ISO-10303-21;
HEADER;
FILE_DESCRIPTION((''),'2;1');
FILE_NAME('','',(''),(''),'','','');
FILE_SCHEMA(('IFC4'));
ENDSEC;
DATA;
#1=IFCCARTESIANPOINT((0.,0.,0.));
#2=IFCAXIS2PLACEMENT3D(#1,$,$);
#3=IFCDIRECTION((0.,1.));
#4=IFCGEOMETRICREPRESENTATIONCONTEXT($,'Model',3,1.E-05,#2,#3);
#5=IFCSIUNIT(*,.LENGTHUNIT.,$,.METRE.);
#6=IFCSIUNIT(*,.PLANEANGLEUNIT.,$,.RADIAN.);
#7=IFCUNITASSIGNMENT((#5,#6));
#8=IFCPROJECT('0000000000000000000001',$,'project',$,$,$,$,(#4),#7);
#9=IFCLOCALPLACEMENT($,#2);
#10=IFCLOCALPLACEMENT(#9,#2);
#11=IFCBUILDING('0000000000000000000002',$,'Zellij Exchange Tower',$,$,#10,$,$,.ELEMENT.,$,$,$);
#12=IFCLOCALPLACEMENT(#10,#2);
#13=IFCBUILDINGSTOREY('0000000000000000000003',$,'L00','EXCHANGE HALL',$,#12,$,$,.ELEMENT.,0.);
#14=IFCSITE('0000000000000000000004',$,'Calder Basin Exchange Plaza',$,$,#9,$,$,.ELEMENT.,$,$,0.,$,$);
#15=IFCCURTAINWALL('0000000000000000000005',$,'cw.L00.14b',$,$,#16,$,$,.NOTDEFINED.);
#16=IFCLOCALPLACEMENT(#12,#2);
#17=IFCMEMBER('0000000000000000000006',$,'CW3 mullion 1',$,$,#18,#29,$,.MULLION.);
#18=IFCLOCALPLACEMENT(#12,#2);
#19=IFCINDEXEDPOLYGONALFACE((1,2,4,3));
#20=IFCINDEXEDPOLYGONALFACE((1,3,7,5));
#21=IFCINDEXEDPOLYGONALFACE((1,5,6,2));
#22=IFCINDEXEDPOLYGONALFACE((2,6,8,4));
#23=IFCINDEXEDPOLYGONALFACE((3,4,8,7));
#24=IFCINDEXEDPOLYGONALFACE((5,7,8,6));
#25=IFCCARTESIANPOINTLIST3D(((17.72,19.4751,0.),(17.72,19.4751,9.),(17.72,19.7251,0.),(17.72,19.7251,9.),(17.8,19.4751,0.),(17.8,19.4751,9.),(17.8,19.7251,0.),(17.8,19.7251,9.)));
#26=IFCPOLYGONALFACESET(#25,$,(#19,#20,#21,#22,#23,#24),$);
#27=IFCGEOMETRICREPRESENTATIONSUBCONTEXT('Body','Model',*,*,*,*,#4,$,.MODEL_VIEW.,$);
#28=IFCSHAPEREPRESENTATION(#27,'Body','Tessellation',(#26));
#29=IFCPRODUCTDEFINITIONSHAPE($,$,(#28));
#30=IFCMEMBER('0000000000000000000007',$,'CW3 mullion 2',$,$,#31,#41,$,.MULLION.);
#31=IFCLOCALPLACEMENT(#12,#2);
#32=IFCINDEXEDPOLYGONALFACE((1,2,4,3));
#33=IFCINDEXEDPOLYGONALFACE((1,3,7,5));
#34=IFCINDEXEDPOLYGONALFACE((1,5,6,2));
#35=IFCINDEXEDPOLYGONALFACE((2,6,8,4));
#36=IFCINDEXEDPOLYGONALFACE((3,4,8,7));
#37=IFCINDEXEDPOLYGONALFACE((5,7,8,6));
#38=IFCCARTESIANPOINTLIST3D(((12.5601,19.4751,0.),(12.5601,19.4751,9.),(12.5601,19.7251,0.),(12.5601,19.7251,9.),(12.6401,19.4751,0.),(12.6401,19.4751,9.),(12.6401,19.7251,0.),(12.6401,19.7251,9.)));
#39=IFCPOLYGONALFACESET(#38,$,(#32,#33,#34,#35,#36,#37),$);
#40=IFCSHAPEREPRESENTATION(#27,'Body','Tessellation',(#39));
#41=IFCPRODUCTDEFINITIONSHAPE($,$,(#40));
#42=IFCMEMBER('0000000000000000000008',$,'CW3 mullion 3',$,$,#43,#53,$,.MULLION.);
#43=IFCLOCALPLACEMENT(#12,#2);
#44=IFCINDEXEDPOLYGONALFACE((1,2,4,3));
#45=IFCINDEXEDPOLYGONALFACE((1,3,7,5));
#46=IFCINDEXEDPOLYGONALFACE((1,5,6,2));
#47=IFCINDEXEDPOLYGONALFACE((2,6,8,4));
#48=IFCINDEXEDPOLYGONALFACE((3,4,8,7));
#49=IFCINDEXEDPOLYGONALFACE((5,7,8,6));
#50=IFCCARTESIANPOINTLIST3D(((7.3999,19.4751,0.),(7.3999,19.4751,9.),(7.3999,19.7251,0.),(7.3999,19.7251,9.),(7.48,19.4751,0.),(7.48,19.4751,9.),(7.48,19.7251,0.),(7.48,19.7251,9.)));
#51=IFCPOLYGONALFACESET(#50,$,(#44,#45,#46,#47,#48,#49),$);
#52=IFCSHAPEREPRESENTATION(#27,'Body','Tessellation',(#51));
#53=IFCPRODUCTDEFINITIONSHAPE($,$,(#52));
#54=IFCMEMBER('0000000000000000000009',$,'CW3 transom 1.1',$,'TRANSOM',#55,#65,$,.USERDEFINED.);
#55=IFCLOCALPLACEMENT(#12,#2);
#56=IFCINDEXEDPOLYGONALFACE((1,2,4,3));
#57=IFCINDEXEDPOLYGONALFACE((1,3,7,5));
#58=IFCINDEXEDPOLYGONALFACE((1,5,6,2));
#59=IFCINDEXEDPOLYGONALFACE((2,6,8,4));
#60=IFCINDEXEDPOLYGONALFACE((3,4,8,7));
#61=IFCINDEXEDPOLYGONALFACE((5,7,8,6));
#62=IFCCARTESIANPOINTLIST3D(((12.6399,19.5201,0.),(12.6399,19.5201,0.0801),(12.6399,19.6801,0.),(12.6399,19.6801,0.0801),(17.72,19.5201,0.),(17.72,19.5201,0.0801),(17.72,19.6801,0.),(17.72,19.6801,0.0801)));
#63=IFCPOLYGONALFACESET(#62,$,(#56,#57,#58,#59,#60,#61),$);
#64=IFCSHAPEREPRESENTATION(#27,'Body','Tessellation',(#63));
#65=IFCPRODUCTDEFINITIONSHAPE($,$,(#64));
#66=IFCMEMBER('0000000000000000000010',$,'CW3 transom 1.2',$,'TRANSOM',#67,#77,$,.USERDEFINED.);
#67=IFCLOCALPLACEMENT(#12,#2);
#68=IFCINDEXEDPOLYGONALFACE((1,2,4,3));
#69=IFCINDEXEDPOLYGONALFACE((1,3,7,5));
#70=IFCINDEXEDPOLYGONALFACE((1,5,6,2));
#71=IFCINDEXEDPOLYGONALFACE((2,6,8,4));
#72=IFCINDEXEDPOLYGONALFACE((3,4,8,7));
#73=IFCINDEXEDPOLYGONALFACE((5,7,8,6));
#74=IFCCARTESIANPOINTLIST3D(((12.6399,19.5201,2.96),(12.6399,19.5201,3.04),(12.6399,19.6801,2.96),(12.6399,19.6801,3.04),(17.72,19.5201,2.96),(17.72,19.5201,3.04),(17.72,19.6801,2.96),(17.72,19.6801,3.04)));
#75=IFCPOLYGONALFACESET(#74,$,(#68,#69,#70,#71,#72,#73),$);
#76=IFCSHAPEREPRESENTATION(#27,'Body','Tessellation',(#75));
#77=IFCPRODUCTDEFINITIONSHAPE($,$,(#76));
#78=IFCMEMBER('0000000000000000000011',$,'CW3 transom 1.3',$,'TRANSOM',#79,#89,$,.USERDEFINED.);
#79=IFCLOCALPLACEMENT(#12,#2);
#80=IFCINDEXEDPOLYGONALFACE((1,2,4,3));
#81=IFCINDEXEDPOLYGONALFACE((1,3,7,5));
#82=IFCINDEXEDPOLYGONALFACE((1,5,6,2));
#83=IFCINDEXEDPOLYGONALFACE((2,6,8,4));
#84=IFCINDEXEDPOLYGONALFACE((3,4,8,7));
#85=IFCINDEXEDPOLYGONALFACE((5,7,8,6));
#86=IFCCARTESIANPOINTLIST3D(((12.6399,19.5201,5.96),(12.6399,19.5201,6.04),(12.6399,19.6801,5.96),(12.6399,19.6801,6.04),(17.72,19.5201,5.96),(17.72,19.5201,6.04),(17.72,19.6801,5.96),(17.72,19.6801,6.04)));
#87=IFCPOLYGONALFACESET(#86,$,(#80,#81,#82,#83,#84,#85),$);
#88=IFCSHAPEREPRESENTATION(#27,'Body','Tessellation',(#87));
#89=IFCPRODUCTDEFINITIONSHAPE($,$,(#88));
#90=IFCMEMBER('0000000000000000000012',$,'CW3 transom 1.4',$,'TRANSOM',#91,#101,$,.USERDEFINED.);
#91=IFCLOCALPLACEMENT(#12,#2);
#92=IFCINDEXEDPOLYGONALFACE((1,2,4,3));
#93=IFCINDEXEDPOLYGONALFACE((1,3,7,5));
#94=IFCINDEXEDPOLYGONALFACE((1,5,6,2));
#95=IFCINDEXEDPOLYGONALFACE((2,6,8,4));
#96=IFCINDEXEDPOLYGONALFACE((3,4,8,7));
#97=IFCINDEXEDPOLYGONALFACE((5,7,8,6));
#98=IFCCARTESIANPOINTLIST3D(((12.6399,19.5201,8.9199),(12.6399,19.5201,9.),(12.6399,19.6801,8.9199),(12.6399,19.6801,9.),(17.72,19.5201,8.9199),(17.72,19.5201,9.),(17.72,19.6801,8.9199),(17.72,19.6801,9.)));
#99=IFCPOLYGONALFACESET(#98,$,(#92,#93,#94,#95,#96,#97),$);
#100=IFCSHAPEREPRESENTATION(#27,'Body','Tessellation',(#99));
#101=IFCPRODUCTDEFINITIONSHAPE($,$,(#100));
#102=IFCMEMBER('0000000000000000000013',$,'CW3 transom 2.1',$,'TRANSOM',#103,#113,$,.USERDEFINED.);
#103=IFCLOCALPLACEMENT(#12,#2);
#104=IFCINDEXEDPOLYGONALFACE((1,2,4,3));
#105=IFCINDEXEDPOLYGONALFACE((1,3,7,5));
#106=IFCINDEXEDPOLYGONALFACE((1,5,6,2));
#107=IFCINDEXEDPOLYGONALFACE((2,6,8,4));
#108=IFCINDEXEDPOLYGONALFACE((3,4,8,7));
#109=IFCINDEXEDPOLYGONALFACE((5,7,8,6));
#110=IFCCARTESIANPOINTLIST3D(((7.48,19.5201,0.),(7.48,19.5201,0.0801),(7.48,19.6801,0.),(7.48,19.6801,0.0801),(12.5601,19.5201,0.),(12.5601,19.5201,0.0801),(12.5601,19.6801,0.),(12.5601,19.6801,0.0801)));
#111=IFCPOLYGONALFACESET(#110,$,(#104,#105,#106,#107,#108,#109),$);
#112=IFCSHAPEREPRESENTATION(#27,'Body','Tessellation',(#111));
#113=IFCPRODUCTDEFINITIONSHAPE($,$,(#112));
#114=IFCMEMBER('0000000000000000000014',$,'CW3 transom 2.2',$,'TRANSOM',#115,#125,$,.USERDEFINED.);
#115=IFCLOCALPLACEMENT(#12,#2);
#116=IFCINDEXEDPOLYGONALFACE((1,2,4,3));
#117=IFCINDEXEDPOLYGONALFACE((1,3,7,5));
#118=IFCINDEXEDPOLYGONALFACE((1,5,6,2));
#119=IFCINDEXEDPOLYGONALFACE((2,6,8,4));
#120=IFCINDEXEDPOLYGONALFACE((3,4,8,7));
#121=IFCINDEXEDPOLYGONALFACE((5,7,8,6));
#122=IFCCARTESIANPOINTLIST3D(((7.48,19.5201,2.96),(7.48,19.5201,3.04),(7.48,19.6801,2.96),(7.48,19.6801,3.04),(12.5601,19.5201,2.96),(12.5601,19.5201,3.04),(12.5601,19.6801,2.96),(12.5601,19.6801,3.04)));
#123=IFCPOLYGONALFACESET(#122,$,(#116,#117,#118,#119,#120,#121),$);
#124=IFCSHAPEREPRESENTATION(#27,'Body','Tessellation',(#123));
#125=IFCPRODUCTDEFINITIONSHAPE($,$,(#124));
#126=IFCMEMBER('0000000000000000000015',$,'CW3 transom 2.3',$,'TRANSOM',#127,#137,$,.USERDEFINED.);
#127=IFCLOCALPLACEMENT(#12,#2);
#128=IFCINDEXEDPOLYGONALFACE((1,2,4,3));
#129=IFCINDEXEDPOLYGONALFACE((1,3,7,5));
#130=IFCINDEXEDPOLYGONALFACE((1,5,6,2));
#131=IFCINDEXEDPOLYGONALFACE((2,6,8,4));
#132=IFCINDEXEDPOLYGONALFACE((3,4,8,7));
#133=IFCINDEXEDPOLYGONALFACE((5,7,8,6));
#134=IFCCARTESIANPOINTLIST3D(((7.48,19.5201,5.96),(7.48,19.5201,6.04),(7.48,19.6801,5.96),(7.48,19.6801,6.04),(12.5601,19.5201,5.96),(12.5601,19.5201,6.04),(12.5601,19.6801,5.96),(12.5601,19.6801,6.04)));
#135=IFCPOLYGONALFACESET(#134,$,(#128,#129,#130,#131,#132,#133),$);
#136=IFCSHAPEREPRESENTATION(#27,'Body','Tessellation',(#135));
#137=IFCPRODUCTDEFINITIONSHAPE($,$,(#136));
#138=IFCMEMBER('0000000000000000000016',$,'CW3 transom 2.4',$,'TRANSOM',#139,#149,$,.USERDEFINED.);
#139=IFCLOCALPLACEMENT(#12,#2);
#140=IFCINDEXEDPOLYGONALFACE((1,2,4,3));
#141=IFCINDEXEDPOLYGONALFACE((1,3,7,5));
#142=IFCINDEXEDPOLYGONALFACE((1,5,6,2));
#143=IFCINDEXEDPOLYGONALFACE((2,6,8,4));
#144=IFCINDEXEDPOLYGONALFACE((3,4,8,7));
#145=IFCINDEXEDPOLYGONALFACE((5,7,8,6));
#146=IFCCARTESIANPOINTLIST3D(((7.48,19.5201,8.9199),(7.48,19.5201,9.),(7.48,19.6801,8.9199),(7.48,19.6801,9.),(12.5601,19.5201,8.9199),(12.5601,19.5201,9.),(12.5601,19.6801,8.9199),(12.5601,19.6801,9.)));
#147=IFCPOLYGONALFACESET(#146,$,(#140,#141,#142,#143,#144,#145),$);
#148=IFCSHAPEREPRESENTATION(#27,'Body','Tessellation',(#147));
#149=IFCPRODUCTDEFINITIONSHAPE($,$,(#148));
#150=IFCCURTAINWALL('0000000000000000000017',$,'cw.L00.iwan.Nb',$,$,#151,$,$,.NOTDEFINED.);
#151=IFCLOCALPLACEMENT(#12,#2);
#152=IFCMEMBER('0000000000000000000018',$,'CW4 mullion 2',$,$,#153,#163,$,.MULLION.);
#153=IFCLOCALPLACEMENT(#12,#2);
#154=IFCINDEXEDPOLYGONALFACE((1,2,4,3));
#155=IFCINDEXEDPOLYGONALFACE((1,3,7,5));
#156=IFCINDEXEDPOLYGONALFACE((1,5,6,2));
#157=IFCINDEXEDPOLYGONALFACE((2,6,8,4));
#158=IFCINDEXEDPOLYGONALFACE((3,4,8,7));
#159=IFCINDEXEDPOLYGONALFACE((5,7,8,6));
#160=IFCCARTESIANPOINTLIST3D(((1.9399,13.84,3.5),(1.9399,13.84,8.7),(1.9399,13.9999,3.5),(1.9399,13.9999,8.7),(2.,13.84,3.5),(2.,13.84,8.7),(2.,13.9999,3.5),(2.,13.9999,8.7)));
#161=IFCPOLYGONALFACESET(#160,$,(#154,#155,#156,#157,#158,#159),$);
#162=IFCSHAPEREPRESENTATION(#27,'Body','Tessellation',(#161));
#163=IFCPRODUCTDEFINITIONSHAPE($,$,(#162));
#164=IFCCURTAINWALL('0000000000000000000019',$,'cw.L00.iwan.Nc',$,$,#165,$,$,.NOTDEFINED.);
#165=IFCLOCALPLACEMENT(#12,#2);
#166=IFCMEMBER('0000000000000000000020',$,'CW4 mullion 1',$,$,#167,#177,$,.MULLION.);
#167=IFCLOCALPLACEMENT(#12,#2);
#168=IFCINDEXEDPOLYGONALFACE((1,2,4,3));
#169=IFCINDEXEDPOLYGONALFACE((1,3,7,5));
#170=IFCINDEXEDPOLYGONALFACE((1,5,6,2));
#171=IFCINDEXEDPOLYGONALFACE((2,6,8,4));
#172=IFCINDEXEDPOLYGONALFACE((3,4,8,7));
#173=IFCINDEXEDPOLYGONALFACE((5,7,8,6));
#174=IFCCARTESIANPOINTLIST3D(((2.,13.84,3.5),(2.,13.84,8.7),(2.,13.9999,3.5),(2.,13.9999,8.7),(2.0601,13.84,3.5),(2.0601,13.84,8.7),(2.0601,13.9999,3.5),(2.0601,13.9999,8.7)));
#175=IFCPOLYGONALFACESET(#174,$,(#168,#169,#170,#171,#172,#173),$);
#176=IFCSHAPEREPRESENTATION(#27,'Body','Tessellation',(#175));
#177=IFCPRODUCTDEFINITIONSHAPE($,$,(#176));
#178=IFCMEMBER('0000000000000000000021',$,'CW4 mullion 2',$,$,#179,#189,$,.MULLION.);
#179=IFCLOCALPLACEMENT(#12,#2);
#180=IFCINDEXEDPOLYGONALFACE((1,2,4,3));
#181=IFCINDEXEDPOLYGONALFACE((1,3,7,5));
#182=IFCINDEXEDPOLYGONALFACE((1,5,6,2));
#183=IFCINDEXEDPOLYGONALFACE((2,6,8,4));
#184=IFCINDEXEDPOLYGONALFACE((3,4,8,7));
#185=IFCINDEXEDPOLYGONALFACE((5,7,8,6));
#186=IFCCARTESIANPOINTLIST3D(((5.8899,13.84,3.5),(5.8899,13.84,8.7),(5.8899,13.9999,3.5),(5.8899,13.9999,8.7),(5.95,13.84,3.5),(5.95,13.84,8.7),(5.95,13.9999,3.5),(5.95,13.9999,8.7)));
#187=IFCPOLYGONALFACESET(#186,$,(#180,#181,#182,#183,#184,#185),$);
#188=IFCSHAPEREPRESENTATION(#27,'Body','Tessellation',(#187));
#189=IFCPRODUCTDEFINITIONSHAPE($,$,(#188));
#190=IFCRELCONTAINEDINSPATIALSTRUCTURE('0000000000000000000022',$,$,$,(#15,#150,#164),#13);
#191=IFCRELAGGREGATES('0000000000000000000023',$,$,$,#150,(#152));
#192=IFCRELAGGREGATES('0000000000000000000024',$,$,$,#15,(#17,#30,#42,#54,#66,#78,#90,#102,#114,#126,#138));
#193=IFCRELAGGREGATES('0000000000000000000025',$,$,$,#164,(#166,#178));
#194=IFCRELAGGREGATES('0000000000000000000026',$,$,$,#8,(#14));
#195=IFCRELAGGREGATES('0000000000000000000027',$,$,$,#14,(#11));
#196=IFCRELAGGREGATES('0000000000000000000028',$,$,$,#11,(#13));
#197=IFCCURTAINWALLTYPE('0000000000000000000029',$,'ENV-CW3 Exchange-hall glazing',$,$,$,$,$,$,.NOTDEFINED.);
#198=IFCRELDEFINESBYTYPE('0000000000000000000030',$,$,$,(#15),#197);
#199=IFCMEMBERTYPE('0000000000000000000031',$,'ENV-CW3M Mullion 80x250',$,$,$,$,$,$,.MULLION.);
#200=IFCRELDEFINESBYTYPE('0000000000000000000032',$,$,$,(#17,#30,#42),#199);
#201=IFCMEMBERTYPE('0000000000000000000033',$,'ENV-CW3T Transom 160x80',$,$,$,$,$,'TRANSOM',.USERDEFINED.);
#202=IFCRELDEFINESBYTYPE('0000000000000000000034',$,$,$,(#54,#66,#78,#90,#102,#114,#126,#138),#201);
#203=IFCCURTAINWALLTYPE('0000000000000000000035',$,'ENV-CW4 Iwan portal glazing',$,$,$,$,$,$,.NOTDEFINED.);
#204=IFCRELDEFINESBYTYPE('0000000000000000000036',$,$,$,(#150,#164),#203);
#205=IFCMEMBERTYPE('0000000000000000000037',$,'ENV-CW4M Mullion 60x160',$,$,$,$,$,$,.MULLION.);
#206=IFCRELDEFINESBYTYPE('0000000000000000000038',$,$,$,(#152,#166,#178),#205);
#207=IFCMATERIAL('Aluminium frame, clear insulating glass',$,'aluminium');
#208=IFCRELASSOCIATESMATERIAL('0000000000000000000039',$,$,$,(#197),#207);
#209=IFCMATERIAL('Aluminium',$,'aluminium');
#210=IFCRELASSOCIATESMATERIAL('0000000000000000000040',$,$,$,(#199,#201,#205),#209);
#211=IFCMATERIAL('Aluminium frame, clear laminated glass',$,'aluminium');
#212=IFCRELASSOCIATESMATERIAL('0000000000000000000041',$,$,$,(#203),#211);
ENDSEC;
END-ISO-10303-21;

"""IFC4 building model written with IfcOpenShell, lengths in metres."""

from ifc_helpers import new_model, si_unit, direction, frame, origin, origin_2d, place, context, subcontext, project, spatial, rectangle, extrude, material, material_profile, profile_set, type_object, element, aggregate, save


model = new_model("IFC4")

# Units and contexts
model_context = context("Model", 3, precision=1e-05, world=origin(), true_north=direction((0.0, 1.0)))
body_context = subcontext(model_context, "Body", "Model", "MODEL_VIEW")
ifc_project = project(units=[si_unit("LENGTHUNIT", "METRE"), si_unit("PLANEANGLEUNIT", "RADIAN")], contexts=[model_context])

# Site, building, storey
site_placement = place(None, origin())
site = spatial("IfcSite", under=ifc_project, at=site_placement, Name="Calder Basin Exchange Plaza", CompositionType="ELEMENT", RefElevation=0.0)
building_placement = place(site_placement, origin())
building = spatial("IfcBuilding", under=site, at=building_placement, Name="Zellij Exchange Tower", CompositionType="ELEMENT")
storey_placement = place(building_placement, origin())
storey = spatial("IfcBuildingStorey", under=building, at=storey_placement, Name="L00", Description="EXCHANGE HALL", CompositionType="ELEMENT", Elevation=0.0)

# Curtain wall, members
ifc_material_1 = material(Name="Aluminium frame, clear insulating glass", Category="aluminium")
curtain_wall_type_1 = type_object("IfcCurtainWallType", Name="ENV-CW3 Exchange-hall glazing", PredefinedType="NOTDEFINED", material=ifc_material_1)
curtain_wall_1_placement = place(storey_placement, origin())
curtain_wall_1 = element("IfcCurtainWall", 1, at=curtain_wall_1_placement, inside=storey, type_object=curtain_wall_type_1, Name="cw.L00.14b", PredefinedType="NOTDEFINED")
ifc_material_2 = material(Name="Aluminium", Category="aluminium")
ifc_material_profile_1 = material_profile(ifc_material_2, rectangle(XDim=0.0801, YDim=0.25, at=origin_2d()), Name="AL 80x250")
ifc_profile_set_1 = profile_set([ifc_material_profile_1], Name="Aluminium")
member_type_1 = type_object("IfcMemberType", Name="ENV-CW3M Mullion 80x250", PredefinedType="MULLION", material=ifc_profile_set_1)
member_1_placement = place(storey_placement, frame((17.76, 19.6001, 0.0), z_axis=(0.0, 0.0, 1.0), x_axis=(-1.0, 0.0, 0.0)))
member_1 = element("IfcMember", 2, at=member_1_placement, type_object=member_type_1, Name="CW3 mullion 1", PredefinedType="MULLION", context=body_context, shape_type="SweptSolid", body=[
    extrude(rectangle(XDim=0.0801, YDim=0.25, at=origin_2d()), origin(), (0.0, 0.0, 1.0), 9.0),
])
member_2_placement = place(storey_placement, frame((12.6001, 19.6001, 0.0), z_axis=(0.0, 0.0, 1.0), x_axis=(-1.0, 0.0, 0.0)))
member_2 = element("IfcMember", 3, at=member_2_placement, type_object=member_type_1, Name="CW3 mullion 2", PredefinedType="MULLION", context=body_context, shape_type="SweptSolid", body=[
    extrude(rectangle(XDim=0.0801, YDim=0.25, at=origin_2d()), origin(), (0.0, 0.0, 1.0), 9.0),
])
member_3_placement = place(storey_placement, frame((7.4399, 19.6001, 0.0), z_axis=(0.0, 0.0, 1.0), x_axis=(-1.0, 0.0, 0.0)))
member_3 = element("IfcMember", 4, at=member_3_placement, type_object=member_type_1, Name="CW3 mullion 3", PredefinedType="MULLION", context=body_context, shape_type="SweptSolid", body=[
    extrude(rectangle(XDim=0.0801, YDim=0.25, at=origin_2d()), origin(), (0.0, 0.0, 1.0), 9.0),
])
ifc_material_profile_2 = material_profile(ifc_material_2, rectangle(XDim=0.1599, YDim=0.0801, at=origin_2d()), Name="AL 160x80")
ifc_profile_set_2 = profile_set([ifc_material_profile_2], Name="Aluminium")
member_type_2 = type_object("IfcMemberType", Name="ENV-CW3T Transom 160x80", ElementType="TRANSOM", PredefinedType="USERDEFINED", material=ifc_profile_set_2)
member_4_placement = place(storey_placement, frame((17.72, 19.6001, 0.04), z_axis=(-1.0, 0.0, 0.0), x_axis=(0.0, -1.0, 0.0)))
member_4 = element("IfcMember", 5, at=member_4_placement, type_object=member_type_2, Name="CW3 transom 1.1", ObjectType="TRANSOM", PredefinedType="USERDEFINED", context=body_context, shape_type="SweptSolid", body=[
    extrude(rectangle(XDim=0.1599, YDim=0.0801, at=origin_2d()), origin(), (0.0, 0.0, 1.0), 5.0801),
])
member_5_placement = place(storey_placement, frame((17.72, 19.6001, 3.0), z_axis=(-1.0, 0.0, 0.0), x_axis=(0.0, -1.0, 0.0)))
member_5 = element("IfcMember", 6, at=member_5_placement, type_object=member_type_2, Name="CW3 transom 1.2", ObjectType="TRANSOM", PredefinedType="USERDEFINED", context=body_context, shape_type="SweptSolid", body=[
    extrude(rectangle(XDim=0.1599, YDim=0.0801, at=origin_2d()), origin(), (0.0, 0.0, 1.0), 5.0801),
])
member_6_placement = place(storey_placement, frame((17.72, 19.6001, 6.0), z_axis=(-1.0, 0.0, 0.0), x_axis=(0.0, -1.0, 0.0)))
member_6 = element("IfcMember", 7, at=member_6_placement, type_object=member_type_2, Name="CW3 transom 1.3", ObjectType="TRANSOM", PredefinedType="USERDEFINED", context=body_context, shape_type="SweptSolid", body=[
    extrude(rectangle(XDim=0.1599, YDim=0.0801, at=origin_2d()), origin(), (0.0, 0.0, 1.0), 5.0801),
])
member_7_placement = place(storey_placement, frame((17.72, 19.6001, 8.96), z_axis=(-1.0, 0.0, 0.0), x_axis=(0.0, -1.0, 0.0)))
member_7 = element("IfcMember", 8, at=member_7_placement, type_object=member_type_2, Name="CW3 transom 1.4", ObjectType="TRANSOM", PredefinedType="USERDEFINED", context=body_context, shape_type="SweptSolid", body=[
    extrude(rectangle(XDim=0.1599, YDim=0.0801, at=origin_2d()), origin(), (0.0, 0.0, 1.0), 5.0801),
])
member_8_placement = place(storey_placement, frame((12.5601, 19.6001, 0.04), z_axis=(-1.0, 0.0, 0.0), x_axis=(0.0, -1.0, 0.0)))
member_8 = element("IfcMember", 9, at=member_8_placement, type_object=member_type_2, Name="CW3 transom 2.1", ObjectType="TRANSOM", PredefinedType="USERDEFINED", context=body_context, shape_type="SweptSolid", body=[
    extrude(rectangle(XDim=0.1599, YDim=0.0801, at=origin_2d()), origin(), (0.0, 0.0, 1.0), 5.0801),
])
member_9_placement = place(storey_placement, frame((12.5601, 19.6001, 3.0), z_axis=(-1.0, 0.0, 0.0), x_axis=(0.0, -1.0, 0.0)))
member_9 = element("IfcMember", 10, at=member_9_placement, type_object=member_type_2, Name="CW3 transom 2.2", ObjectType="TRANSOM", PredefinedType="USERDEFINED", context=body_context, shape_type="SweptSolid", body=[
    extrude(rectangle(XDim=0.1599, YDim=0.0801, at=origin_2d()), origin(), (0.0, 0.0, 1.0), 5.0801),
])
member_10_placement = place(storey_placement, frame((12.5601, 19.6001, 6.0), z_axis=(-1.0, 0.0, 0.0), x_axis=(0.0, -1.0, 0.0)))
member_10 = element("IfcMember", 11, at=member_10_placement, type_object=member_type_2, Name="CW3 transom 2.3", ObjectType="TRANSOM", PredefinedType="USERDEFINED", context=body_context, shape_type="SweptSolid", body=[
    extrude(rectangle(XDim=0.1599, YDim=0.0801, at=origin_2d()), origin(), (0.0, 0.0, 1.0), 5.0801),
])
member_11_placement = place(storey_placement, frame((12.5601, 19.6001, 8.96), z_axis=(-1.0, 0.0, 0.0), x_axis=(0.0, -1.0, 0.0)))
member_11 = element("IfcMember", 12, at=member_11_placement, type_object=member_type_2, Name="CW3 transom 2.4", ObjectType="TRANSOM", PredefinedType="USERDEFINED", context=body_context, shape_type="SweptSolid", body=[
    extrude(rectangle(XDim=0.1599, YDim=0.0801, at=origin_2d()), origin(), (0.0, 0.0, 1.0), 5.0801),
])

# Curtain wall, member
ifc_material_3 = material(Name="Aluminium frame, clear laminated glass", Category="aluminium")
curtain_wall_type_2 = type_object("IfcCurtainWallType", Name="ENV-CW4 Iwan portal glazing", PredefinedType="NOTDEFINED", material=ifc_material_3)
curtain_wall_2_placement = place(storey_placement, origin())
curtain_wall_2 = element("IfcCurtainWall", 13, at=curtain_wall_2_placement, inside=storey, type_object=curtain_wall_type_2, Name="cw.L00.iwan.Nb", PredefinedType="NOTDEFINED")
ifc_material_profile_3 = material_profile(ifc_material_2, rectangle(XDim=0.0601, YDim=0.1599, at=origin_2d()), Name="AL 60x160")
ifc_profile_set_3 = profile_set([ifc_material_profile_3], Name="Aluminium")
member_type_3 = type_object("IfcMemberType", Name="ENV-CW4M Mullion 60x160", PredefinedType="MULLION", material=ifc_profile_set_3)
member_12_placement = place(storey_placement, frame((1.97, 13.9199, 3.5), z_axis=(0.0, 0.0, 1.0), x_axis=(1.0, 0.0, 0.0)))
member_12 = element("IfcMember", 14, at=member_12_placement, type_object=member_type_3, Name="CW4 mullion 2", PredefinedType="MULLION", context=body_context, shape_type="SweptSolid", body=[
    extrude(rectangle(XDim=0.0601, YDim=0.1599, at=origin_2d()), origin(), (0.0, 0.0, 1.0), 5.2),
])
aggregate(curtain_wall_2, [member_12])

# Curtain wall, members
curtain_wall_3_placement = place(storey_placement, origin())
curtain_wall_3 = element("IfcCurtainWall", 15, at=curtain_wall_3_placement, inside=storey, type_object=curtain_wall_type_2, Name="cw.L00.iwan.Nc", PredefinedType="NOTDEFINED")
member_13_placement = place(storey_placement, frame((2.03, 13.9199, 3.5), z_axis=(0.0, 0.0, 1.0), x_axis=(1.0, 0.0, 0.0)))
member_13 = element("IfcMember", 16, at=member_13_placement, type_object=member_type_3, Name="CW4 mullion 1", PredefinedType="MULLION", context=body_context, shape_type="SweptSolid", body=[
    extrude(rectangle(XDim=0.0601, YDim=0.1599, at=origin_2d()), origin(), (0.0, 0.0, 1.0), 5.2),
])
member_14_placement = place(storey_placement, frame((5.9199, 13.9199, 3.5), z_axis=(0.0, 0.0, 1.0), x_axis=(1.0, 0.0, 0.0)))
member_14 = element("IfcMember", 17, at=member_14_placement, type_object=member_type_3, Name="CW4 mullion 2", PredefinedType="MULLION", context=body_context, shape_type="SweptSolid", body=[
    extrude(rectangle(XDim=0.0601, YDim=0.1599, at=origin_2d()), origin(), (0.0, 0.0, 1.0), 5.2),
])

aggregate(curtain_wall_1, [member_1, member_2, member_3, member_4, member_5, member_6, member_7, member_8, member_9, member_10, member_11])
aggregate(curtain_wall_3, [member_13, member_14])

save(model, "model.ifc")
